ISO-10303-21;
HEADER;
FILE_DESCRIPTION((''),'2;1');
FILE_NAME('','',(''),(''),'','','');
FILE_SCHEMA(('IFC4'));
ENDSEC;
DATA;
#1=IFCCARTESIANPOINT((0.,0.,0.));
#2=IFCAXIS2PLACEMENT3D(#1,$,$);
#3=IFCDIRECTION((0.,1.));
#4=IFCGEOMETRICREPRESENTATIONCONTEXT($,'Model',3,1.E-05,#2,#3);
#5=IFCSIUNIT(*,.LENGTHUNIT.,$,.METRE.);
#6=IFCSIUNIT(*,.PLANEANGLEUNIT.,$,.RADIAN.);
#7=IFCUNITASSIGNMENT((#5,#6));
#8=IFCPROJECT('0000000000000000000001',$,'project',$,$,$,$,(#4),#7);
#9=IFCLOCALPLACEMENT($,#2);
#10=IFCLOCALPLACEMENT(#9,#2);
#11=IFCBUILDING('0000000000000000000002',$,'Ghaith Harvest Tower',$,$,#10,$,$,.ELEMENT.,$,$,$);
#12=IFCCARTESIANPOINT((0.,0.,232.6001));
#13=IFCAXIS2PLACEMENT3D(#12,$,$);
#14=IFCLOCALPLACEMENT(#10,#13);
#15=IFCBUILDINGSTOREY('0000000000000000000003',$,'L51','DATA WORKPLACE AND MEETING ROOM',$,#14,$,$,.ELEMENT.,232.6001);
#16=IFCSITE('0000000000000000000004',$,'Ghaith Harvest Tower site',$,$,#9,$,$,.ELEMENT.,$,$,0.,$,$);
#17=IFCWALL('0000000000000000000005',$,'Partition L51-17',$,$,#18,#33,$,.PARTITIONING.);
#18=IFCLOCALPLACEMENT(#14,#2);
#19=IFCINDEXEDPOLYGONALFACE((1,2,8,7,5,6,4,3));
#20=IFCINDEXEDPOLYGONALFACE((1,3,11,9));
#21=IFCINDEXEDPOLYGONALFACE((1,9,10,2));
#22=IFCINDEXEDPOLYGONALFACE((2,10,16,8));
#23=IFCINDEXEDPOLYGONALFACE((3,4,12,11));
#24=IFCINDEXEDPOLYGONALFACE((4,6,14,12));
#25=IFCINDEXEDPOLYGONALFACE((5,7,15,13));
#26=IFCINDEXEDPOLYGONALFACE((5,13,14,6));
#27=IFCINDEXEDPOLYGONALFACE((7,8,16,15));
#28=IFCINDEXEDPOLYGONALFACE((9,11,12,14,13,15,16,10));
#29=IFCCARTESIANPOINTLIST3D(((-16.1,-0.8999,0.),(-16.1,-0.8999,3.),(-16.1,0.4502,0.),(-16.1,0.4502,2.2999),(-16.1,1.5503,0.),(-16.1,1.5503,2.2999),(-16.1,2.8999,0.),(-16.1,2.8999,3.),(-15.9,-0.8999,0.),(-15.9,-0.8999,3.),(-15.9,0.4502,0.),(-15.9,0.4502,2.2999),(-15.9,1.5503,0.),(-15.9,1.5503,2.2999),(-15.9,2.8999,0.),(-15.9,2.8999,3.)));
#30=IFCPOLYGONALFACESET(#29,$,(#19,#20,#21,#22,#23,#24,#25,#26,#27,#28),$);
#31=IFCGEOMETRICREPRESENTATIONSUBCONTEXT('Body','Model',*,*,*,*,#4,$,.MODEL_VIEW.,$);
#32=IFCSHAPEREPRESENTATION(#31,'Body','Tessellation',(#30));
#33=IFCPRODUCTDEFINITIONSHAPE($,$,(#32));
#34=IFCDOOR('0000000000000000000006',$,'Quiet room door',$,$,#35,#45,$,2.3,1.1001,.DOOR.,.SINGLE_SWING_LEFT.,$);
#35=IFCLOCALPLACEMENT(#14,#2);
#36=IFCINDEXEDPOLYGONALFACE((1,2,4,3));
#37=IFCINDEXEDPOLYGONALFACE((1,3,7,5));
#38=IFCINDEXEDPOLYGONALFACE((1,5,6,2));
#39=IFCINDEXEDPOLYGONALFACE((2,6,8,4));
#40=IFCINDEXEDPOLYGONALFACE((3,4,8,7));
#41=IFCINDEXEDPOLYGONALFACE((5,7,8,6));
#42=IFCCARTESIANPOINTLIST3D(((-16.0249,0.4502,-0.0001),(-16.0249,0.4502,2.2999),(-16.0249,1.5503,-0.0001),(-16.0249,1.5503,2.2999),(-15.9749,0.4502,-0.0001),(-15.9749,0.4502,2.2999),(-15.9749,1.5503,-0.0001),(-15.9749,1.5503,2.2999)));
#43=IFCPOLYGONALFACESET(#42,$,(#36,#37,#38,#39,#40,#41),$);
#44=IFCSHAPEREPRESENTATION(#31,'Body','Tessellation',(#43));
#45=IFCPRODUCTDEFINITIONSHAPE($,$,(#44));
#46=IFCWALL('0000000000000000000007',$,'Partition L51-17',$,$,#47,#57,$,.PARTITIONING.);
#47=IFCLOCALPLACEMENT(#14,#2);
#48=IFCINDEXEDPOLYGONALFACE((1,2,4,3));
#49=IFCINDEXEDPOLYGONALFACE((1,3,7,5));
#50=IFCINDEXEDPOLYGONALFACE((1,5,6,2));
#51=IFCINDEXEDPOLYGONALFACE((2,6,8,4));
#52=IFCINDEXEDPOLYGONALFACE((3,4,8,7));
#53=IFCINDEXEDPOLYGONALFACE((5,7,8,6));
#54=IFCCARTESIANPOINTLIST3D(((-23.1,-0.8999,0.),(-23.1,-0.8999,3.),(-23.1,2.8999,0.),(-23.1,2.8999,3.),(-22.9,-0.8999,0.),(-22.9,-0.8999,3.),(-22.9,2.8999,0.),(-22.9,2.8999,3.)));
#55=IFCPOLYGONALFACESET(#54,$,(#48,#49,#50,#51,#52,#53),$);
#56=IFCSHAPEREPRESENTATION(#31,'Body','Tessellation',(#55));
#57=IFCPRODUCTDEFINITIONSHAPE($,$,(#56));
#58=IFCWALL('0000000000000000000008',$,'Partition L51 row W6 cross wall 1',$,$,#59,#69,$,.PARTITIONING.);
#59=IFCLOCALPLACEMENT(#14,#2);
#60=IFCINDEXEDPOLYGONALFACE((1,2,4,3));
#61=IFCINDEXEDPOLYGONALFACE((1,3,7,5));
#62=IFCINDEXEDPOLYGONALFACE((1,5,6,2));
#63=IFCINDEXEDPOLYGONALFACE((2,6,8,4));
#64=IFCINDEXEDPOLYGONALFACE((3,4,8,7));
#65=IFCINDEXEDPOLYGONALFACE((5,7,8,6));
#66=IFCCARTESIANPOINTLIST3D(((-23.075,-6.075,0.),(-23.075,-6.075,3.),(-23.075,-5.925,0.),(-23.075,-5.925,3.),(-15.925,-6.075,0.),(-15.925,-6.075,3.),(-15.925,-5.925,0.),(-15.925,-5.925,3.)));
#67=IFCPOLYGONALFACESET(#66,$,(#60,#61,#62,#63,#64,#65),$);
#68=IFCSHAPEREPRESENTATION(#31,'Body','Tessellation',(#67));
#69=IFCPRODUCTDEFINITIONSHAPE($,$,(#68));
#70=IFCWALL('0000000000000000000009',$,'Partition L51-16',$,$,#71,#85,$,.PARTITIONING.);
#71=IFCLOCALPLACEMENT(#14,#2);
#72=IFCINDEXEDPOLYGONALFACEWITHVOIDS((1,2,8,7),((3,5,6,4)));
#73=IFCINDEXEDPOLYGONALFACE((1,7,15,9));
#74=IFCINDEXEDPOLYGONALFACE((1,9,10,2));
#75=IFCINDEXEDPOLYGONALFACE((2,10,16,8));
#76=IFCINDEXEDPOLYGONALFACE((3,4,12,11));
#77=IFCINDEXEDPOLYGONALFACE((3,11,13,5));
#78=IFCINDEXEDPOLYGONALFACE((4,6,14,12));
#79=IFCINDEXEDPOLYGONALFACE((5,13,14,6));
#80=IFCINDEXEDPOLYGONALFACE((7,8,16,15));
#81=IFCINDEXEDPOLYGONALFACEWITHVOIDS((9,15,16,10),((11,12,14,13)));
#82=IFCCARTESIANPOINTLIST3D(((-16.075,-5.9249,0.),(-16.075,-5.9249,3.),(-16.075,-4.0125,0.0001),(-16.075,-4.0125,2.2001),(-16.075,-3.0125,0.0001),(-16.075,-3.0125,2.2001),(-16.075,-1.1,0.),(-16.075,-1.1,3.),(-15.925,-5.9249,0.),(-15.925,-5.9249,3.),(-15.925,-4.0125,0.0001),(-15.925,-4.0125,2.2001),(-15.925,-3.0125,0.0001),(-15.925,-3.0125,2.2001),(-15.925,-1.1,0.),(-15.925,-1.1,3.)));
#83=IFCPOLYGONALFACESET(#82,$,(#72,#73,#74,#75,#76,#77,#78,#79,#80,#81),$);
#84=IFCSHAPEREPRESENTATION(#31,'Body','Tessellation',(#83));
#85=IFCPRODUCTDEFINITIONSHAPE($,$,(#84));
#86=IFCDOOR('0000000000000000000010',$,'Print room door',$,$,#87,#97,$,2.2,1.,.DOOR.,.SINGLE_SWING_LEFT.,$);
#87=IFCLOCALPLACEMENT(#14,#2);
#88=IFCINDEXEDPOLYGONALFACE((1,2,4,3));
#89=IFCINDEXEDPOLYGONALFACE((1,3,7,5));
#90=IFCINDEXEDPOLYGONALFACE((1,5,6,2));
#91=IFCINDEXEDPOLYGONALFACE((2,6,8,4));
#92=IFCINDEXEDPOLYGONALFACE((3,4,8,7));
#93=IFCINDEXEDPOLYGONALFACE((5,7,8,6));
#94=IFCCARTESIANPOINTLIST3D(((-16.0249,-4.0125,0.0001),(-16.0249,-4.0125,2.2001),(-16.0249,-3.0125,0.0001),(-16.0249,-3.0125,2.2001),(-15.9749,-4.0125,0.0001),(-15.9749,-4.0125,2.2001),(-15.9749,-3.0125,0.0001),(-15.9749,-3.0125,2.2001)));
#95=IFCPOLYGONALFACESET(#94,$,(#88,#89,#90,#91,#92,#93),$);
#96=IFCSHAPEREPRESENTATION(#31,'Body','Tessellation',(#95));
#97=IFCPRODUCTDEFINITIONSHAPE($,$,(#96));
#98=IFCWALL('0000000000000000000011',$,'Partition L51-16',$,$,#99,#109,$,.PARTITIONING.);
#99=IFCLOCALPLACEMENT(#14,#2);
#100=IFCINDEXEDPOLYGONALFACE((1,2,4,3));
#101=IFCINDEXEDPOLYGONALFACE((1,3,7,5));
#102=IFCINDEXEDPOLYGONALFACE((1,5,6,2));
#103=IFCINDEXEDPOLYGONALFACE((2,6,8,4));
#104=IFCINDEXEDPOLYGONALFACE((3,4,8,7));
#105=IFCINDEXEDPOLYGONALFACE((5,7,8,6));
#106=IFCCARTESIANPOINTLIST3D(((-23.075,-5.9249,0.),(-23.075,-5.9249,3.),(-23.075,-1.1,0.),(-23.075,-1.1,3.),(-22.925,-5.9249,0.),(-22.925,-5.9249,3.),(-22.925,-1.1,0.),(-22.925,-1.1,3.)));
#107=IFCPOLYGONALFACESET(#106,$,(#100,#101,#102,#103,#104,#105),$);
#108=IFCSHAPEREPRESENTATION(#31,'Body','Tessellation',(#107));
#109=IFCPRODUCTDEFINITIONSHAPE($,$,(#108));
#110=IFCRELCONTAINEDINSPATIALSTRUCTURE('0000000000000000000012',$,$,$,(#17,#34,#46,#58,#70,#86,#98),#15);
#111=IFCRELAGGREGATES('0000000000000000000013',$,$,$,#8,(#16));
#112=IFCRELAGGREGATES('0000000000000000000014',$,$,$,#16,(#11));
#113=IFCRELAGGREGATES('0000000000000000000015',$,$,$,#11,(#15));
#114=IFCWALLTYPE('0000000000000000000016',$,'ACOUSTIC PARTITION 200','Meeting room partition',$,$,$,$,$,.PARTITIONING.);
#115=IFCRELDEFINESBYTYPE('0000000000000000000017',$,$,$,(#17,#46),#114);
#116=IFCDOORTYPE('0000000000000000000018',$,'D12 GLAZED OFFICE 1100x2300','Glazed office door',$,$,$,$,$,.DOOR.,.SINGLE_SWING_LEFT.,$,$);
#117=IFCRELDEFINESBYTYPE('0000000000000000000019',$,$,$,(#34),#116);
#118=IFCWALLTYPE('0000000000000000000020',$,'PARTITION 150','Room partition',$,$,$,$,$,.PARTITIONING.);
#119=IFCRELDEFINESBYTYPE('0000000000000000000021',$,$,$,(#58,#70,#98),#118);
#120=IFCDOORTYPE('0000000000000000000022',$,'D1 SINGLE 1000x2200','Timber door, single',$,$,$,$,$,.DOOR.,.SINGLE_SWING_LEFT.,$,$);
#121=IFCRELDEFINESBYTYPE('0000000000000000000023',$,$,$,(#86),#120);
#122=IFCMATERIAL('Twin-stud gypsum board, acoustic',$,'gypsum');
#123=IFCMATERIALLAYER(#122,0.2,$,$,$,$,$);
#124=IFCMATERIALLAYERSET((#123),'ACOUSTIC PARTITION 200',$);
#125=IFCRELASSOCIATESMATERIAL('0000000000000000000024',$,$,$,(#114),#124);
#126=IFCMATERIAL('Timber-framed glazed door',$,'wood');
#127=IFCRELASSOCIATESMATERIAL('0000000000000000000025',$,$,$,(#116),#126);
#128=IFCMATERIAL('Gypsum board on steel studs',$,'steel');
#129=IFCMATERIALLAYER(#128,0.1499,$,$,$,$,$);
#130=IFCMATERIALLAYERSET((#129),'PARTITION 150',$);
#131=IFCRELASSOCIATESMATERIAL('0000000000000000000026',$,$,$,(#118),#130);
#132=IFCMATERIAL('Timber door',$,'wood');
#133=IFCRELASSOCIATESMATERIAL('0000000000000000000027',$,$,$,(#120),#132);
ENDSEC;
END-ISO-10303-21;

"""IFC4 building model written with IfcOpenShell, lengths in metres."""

from ifc_helpers import new_model, si_unit, direction, frame, frame_2d, origin, place, context, subcontext, project, spatial, rectangle, extrude, material, layer, layer_set, type_object, element, fill, save


model = new_model("IFC4")

# Units and contexts
model_context = context("Model", 3, precision=1e-05, world=origin(), true_north=direction((0.0, 1.0)))
body_context = subcontext(model_context, "Body", "Model", "MODEL_VIEW")
ifc_project = project(units=[si_unit("LENGTHUNIT", "METRE"), si_unit("PLANEANGLEUNIT", "RADIAN")], contexts=[model_context])

# Site, building, storey
site_placement = place(None, origin())
site = spatial("IfcSite", under=ifc_project, at=site_placement, Name="Ghaith Harvest Tower site", CompositionType="ELEMENT", RefElevation=0.0)
building_placement = place(site_placement, origin())
building = spatial("IfcBuilding", under=site, at=building_placement, Name="Ghaith Harvest Tower", CompositionType="ELEMENT")
storey_placement = place(building_placement, frame((0.0, 0.0, 232.6001)))
storey = spatial("IfcBuildingStorey", under=building, at=storey_placement, Name="L51", Description="DATA WORKPLACE AND MEETING ROOM", CompositionType="ELEMENT", Elevation=232.6001)

# Shared definitions
ifc_material_1 = material(Name="Twin-stud gypsum board, acoustic", Category="gypsum")
ifc_layer_1 = layer(ifc_material_1, 0.2)
ifc_layer_set_1 = layer_set([ifc_layer_1], Name="ACOUSTIC PARTITION 200")
wall_type_1 = type_object("IfcWallType", Name="ACOUSTIC PARTITION 200", Description="Meeting room partition", PredefinedType="PARTITIONING", material=ifc_layer_set_1)

# Wall, opening, door
wall_1_placement = place(storey_placement, frame((-16.0, -0.8999, 0.0), z_axis=(0.0, 0.0, 1.0), x_axis=(0.0, 1.0, 0.0)))
wall_1 = element("IfcWall", 1, at=wall_1_placement, inside=storey, type_object=wall_type_1, Name="Partition L51-17", PredefinedType="PARTITIONING", context=body_context, shape_type="SweptSolid", body=[
    extrude(rectangle(XDim=3.7998, YDim=0.2, at=frame_2d((1.8999, 0.0))), origin(), (0.0, 0.0, 1.0), 3.0),
])
opening_1_placement = place(wall_1_placement, frame((1.3501, 0.0, 0.0)))
opening_1 = element("IfcOpeningElement", 2, at=opening_1_placement, cuts=wall_1, PredefinedType="OPENING", context=body_context, shape_type="SweptSolid", body=[
    extrude(rectangle(XDim=1.1001, YDim=2.3, at=frame_2d((0.55, 1.1499))), frame((0.0, 0.1099, 0.0), z_axis=(0.0, -1.0, 0.0), x_axis=(1.0, 0.0, 0.0)), (0.0, 0.0, 1.0), 0.22),
])
ifc_material_2 = material(Name="Timber-framed glazed door", Category="wood")
door_type_1 = type_object("IfcDoorType", Name="D12 GLAZED OFFICE 1100x2300", Description="Glazed office door", OperationType="SINGLE_SWING_LEFT", PredefinedType="DOOR", material=ifc_material_2)
door_1_placement = place(opening_1_placement, origin())
door_1 = element("IfcDoor", 3, at=door_1_placement, inside=storey, type_object=door_type_1, Name="Quiet room door", OperationType="SINGLE_SWING_LEFT", OverallHeight=2.3, OverallWidth=1.1001, PredefinedType="DOOR", context=body_context, shape_type="SweptSolid", body=[
    extrude(rectangle(XDim=1.1001, YDim=2.3, at=frame_2d((0.55, 1.1499))), frame((0.0, 0.0249, 0.0), z_axis=(0.0, -1.0, 0.0), x_axis=(1.0, 0.0, 0.0)), (0.0, 0.0, 1.0), 0.05),
])
fill(opening_1, door_1)

# Walls
wall_2_placement = place(storey_placement, frame((-23.0, -0.8999, 0.0), z_axis=(0.0, 0.0, 1.0), x_axis=(0.0, 1.0, 0.0)))
element("IfcWall", 4, at=wall_2_placement, inside=storey, type_object=wall_type_1, Name="Partition L51-17", PredefinedType="PARTITIONING", context=body_context, shape_type="SweptSolid", body=[
    extrude(rectangle(XDim=3.7998, YDim=0.2, at=frame_2d((1.8999, 0.0))), origin(), (0.0, 0.0, 1.0), 3.0),
])
ifc_material_3 = material(Name="Gypsum board on steel studs", Category="steel")
ifc_layer_2 = layer(ifc_material_3, 0.1499)
ifc_layer_set_2 = layer_set([ifc_layer_2], Name="PARTITION 150")
wall_type_2 = type_object("IfcWallType", Name="PARTITION 150", Description="Room partition", PredefinedType="PARTITIONING", material=ifc_layer_set_2)
wall_3_placement = place(storey_placement, frame((-15.925, -6.0, 0.0), z_axis=(0.0, 0.0, 1.0), x_axis=(-1.0, 0.0, 0.0)))
element("IfcWall", 5, at=wall_3_placement, inside=storey, type_object=wall_type_2, Name="Partition L51 row W6 cross wall 1", PredefinedType="PARTITIONING", context=body_context, shape_type="SweptSolid", body=[
    extrude(rectangle(XDim=7.1499, YDim=0.1499, at=frame_2d((3.575, 0.0))), origin(), (0.0, 0.0, 1.0), 3.0),
])

# Wall, opening, door
wall_4_placement = place(storey_placement, frame((-16.0, -5.925, 0.0), z_axis=(0.0, 0.0, 1.0), x_axis=(0.0, 1.0, 0.0)))
wall_4 = element("IfcWall", 6, at=wall_4_placement, inside=storey, type_object=wall_type_2, Name="Partition L51-16", PredefinedType="PARTITIONING", context=body_context, shape_type="SweptSolid", body=[
    extrude(rectangle(XDim=4.825, YDim=0.1499, at=frame_2d((2.4126, 0.0))), origin(), (0.0, 0.0, 1.0), 3.0),
])
opening_2_placement = place(wall_4_placement, frame((1.9126, 0.0, 0.0)))
opening_2 = element("IfcOpeningElement", 7, at=opening_2_placement, cuts=wall_4, PredefinedType="OPENING", context=body_context, shape_type="SweptSolid", body=[
    extrude(rectangle(XDim=1.0, YDim=2.2, at=frame_2d((0.5, 1.1001))), frame((0.0, 0.085, 0.0), z_axis=(0.0, -1.0, 0.0), x_axis=(1.0, 0.0, 0.0)), (0.0, 0.0, 1.0), 0.1699),
])
ifc_material_4 = material(Name="Timber door", Category="wood")
door_type_2 = type_object("IfcDoorType", Name="D1 SINGLE 1000x2200", Description="Timber door, single", OperationType="SINGLE_SWING_LEFT", PredefinedType="DOOR", material=ifc_material_4)
door_2_placement = place(opening_2_placement, origin())
door_2 = element("IfcDoor", 8, at=door_2_placement, inside=storey, type_object=door_type_2, Name="Print room door", OperationType="SINGLE_SWING_LEFT", OverallHeight=2.2, OverallWidth=1.0, PredefinedType="DOOR", context=body_context, shape_type="SweptSolid", body=[
    extrude(rectangle(XDim=1.0, YDim=2.2, at=frame_2d((0.5, 1.1001))), frame((0.0, 0.0249, 0.0), z_axis=(0.0, -1.0, 0.0), x_axis=(1.0, 0.0, 0.0)), (0.0, 0.0, 1.0), 0.05),
])
fill(opening_2, door_2)

# Wall
wall_5_placement = place(storey_placement, frame((-23.0, -5.925, 0.0), z_axis=(0.0, 0.0, 1.0), x_axis=(0.0, 1.0, 0.0)))
element("IfcWall", 9, at=wall_5_placement, inside=storey, type_object=wall_type_2, Name="Partition L51-16", PredefinedType="PARTITIONING", context=body_context, shape_type="SweptSolid", body=[
    extrude(rectangle(XDim=4.825, YDim=0.1499, at=frame_2d((2.4126, 0.0))), origin(), (0.0, 0.0, 1.0), 3.0),
])

save(model, "model.ifc")
